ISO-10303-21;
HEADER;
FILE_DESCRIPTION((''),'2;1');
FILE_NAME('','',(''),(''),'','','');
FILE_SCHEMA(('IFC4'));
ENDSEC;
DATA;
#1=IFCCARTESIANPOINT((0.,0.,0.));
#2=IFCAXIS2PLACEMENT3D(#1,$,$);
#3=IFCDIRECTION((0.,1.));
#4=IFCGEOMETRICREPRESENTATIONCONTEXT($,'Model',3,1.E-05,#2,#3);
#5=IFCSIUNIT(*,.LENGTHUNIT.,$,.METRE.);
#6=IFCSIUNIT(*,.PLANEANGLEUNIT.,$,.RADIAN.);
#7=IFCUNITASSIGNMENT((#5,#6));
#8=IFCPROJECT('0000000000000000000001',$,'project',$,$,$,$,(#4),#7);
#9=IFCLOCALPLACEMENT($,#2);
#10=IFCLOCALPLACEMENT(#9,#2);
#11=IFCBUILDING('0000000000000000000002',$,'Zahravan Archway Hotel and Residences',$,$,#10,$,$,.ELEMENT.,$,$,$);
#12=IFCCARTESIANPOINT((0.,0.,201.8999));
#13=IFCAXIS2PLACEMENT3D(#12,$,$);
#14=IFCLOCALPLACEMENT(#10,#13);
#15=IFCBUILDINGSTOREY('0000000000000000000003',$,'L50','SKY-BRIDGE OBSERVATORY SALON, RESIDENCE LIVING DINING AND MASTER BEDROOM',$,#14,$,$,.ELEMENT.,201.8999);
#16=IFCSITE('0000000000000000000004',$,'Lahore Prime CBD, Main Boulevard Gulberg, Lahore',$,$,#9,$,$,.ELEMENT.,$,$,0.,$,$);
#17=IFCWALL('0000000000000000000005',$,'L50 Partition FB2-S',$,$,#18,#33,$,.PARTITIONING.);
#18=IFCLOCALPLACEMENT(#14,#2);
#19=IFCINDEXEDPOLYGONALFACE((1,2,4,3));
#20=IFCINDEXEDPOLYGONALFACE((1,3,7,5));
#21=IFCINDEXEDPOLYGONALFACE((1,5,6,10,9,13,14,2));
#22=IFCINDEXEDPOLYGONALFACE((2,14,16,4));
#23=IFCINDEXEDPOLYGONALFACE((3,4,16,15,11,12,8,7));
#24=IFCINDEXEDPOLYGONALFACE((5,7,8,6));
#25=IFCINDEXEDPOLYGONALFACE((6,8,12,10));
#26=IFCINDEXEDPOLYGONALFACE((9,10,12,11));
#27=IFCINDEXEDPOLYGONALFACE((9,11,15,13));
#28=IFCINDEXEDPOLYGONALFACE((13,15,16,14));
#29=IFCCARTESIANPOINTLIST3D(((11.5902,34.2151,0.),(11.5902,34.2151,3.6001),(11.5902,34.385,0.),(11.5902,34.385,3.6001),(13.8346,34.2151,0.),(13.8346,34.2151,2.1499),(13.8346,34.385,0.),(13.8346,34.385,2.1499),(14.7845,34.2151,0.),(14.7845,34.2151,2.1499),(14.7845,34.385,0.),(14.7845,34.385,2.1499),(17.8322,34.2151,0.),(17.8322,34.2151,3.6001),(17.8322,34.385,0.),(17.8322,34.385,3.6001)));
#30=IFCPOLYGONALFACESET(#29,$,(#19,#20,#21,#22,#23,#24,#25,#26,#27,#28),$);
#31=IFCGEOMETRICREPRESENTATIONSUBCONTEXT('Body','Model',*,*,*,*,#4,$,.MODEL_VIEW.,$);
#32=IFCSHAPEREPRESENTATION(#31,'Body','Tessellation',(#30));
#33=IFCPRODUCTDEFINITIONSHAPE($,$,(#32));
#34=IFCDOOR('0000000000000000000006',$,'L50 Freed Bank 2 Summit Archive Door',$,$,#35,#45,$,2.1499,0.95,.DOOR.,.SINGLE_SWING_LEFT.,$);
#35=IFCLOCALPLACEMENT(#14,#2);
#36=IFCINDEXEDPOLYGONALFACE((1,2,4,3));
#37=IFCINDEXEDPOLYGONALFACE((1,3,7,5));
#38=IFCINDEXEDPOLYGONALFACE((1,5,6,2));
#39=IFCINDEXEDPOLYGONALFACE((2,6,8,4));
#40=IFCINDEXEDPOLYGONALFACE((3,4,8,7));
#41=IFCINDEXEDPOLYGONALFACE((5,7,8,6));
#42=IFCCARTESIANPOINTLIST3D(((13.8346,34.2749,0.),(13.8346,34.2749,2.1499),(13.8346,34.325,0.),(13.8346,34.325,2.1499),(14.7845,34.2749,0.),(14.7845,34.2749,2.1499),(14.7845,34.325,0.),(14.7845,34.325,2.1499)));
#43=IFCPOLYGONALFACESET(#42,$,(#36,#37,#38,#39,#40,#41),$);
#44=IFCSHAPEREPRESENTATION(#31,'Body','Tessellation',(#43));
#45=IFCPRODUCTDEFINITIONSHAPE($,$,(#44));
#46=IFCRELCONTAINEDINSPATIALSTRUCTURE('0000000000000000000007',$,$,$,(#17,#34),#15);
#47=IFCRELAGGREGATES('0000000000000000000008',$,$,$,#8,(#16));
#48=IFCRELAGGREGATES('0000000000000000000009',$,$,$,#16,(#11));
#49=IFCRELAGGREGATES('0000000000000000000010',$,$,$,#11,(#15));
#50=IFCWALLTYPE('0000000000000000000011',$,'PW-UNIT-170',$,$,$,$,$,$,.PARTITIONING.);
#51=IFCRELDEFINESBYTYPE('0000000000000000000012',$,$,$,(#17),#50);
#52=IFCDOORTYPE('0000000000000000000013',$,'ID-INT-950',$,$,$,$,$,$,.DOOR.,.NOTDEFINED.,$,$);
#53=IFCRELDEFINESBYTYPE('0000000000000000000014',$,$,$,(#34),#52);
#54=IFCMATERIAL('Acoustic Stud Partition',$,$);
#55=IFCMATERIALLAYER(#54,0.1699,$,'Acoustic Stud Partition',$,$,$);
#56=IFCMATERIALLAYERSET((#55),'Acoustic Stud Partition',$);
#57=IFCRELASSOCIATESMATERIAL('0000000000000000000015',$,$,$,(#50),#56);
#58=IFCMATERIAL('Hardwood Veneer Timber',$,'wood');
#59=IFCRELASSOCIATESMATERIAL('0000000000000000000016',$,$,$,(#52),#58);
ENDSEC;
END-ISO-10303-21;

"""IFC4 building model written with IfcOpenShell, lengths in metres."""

from ifc_helpers import new_model, si_unit, direction, frame, frame_2d, origin, place, context, subcontext, project, spatial, rectangle, extrude, source, transform, mapped, material, layer, layer_set, type_object, type_shapes, element, fill, save


model = new_model("IFC4")

# Units and contexts
model_context = context("Model", 3, precision=1e-05, world=origin(), true_north=direction((0.0, 1.0)))
body_context = subcontext(model_context, "Body", "Model", "MODEL_VIEW")
ifc_project = project(units=[si_unit("LENGTHUNIT", "METRE"), si_unit("PLANEANGLEUNIT", "RADIAN")], contexts=[model_context])

# Site, building, storey
site_placement = place(None, origin())
site = spatial("IfcSite", under=ifc_project, at=site_placement, Name="Lahore Prime CBD, Main Boulevard Gulberg, Lahore", CompositionType="ELEMENT", RefElevation=0.0)
building_placement = place(site_placement, origin())
building = spatial("IfcBuilding", under=site, at=building_placement, Name="Zahravan Archway Hotel and Residences", CompositionType="ELEMENT")
storey_placement = place(building_placement, frame((0.0, 0.0, 201.8999)))
storey = spatial("IfcBuildingStorey", under=building, at=storey_placement, Name="L50", Description="SKY-BRIDGE OBSERVATORY SALON, RESIDENCE LIVING DINING AND MASTER BEDROOM", CompositionType="ELEMENT", Elevation=201.8999)

# Wall, opening, door
ifc_material_1 = material(Name="Acoustic Stud Partition")
ifc_layer_1 = layer(ifc_material_1, 0.1699, Name="Acoustic Stud Partition")
ifc_layer_set_1 = layer_set([ifc_layer_1], Name="Acoustic Stud Partition")
wall_type_1 = type_object("IfcWallType", Name="PW-UNIT-170", PredefinedType="PARTITIONING", material=ifc_layer_set_1)
wall_1_placement = place(storey_placement, frame((11.5901, 34.3, 0.0), z_axis=(0.0, 0.0, 1.0), x_axis=(1.0, 0.0, 0.0)))
wall_1 = element("IfcWall", 1, at=wall_1_placement, inside=storey, type_object=wall_type_1, Name="L50 Partition FB2-S", PredefinedType="PARTITIONING", context=body_context, shape_type="SweptSolid", body=[
    extrude(rectangle(XDim=6.2419, YDim=0.1699, at=frame_2d((3.1211, 0.0))), origin(), (0.0, 0.0, 1.0), 3.6001),
])
opening_1_placement = place(wall_1_placement, frame((2.2444, 0.0, 0.0)))
opening_1 = element("IfcOpeningElement", 2, at=opening_1_placement, cuts=wall_1, PredefinedType="OPENING", context=body_context, shape_type="SweptSolid", body=[
    extrude(rectangle(XDim=0.95, YDim=2.1499, at=frame_2d((0.4751, 1.075))), frame((0.0, 0.095, 0.0), z_axis=(0.0, -1.0, 0.0), x_axis=(1.0, 0.0, 0.0)), (0.0, 0.0, 1.0), 0.1899),
])
ifc_material_2 = material(Name="Hardwood Veneer Timber", Category="wood")
door_type_1 = type_object("IfcDoorType", Name="ID-INT-950", OperationType="NOTDEFINED", PredefinedType="DOOR", material=ifc_material_2)
shared_shape_1 = source(origin(), body_context, "Body", "SweptSolid", [
    extrude(rectangle(XDim=0.95, YDim=2.1499, at=frame_2d((0.4751, 1.075))), frame((0.0, 0.0249, 0.0), z_axis=(0.0, -1.0, 0.0), x_axis=(1.0, 0.0, 0.0)), (0.0, 0.0, 1.0), 0.05),
])
type_shapes(door_type_1, [shared_shape_1])
door_1_placement = place(opening_1_placement, origin())
door_1 = element("IfcDoor", 3, at=door_1_placement, inside=storey, type_object=door_type_1, Name="L50 Freed Bank 2 Summit Archive Door", OperationType="SINGLE_SWING_LEFT", OverallHeight=2.1499, OverallWidth=0.95, PredefinedType="DOOR", context=body_context, shape_type="MappedRepresentation", body=[
    mapped(shared_shape_1, transform((0.0, 0.0, 0.0), scale=1.0)),
])
fill(opening_1, door_1)

save(model, "model.ifc")
